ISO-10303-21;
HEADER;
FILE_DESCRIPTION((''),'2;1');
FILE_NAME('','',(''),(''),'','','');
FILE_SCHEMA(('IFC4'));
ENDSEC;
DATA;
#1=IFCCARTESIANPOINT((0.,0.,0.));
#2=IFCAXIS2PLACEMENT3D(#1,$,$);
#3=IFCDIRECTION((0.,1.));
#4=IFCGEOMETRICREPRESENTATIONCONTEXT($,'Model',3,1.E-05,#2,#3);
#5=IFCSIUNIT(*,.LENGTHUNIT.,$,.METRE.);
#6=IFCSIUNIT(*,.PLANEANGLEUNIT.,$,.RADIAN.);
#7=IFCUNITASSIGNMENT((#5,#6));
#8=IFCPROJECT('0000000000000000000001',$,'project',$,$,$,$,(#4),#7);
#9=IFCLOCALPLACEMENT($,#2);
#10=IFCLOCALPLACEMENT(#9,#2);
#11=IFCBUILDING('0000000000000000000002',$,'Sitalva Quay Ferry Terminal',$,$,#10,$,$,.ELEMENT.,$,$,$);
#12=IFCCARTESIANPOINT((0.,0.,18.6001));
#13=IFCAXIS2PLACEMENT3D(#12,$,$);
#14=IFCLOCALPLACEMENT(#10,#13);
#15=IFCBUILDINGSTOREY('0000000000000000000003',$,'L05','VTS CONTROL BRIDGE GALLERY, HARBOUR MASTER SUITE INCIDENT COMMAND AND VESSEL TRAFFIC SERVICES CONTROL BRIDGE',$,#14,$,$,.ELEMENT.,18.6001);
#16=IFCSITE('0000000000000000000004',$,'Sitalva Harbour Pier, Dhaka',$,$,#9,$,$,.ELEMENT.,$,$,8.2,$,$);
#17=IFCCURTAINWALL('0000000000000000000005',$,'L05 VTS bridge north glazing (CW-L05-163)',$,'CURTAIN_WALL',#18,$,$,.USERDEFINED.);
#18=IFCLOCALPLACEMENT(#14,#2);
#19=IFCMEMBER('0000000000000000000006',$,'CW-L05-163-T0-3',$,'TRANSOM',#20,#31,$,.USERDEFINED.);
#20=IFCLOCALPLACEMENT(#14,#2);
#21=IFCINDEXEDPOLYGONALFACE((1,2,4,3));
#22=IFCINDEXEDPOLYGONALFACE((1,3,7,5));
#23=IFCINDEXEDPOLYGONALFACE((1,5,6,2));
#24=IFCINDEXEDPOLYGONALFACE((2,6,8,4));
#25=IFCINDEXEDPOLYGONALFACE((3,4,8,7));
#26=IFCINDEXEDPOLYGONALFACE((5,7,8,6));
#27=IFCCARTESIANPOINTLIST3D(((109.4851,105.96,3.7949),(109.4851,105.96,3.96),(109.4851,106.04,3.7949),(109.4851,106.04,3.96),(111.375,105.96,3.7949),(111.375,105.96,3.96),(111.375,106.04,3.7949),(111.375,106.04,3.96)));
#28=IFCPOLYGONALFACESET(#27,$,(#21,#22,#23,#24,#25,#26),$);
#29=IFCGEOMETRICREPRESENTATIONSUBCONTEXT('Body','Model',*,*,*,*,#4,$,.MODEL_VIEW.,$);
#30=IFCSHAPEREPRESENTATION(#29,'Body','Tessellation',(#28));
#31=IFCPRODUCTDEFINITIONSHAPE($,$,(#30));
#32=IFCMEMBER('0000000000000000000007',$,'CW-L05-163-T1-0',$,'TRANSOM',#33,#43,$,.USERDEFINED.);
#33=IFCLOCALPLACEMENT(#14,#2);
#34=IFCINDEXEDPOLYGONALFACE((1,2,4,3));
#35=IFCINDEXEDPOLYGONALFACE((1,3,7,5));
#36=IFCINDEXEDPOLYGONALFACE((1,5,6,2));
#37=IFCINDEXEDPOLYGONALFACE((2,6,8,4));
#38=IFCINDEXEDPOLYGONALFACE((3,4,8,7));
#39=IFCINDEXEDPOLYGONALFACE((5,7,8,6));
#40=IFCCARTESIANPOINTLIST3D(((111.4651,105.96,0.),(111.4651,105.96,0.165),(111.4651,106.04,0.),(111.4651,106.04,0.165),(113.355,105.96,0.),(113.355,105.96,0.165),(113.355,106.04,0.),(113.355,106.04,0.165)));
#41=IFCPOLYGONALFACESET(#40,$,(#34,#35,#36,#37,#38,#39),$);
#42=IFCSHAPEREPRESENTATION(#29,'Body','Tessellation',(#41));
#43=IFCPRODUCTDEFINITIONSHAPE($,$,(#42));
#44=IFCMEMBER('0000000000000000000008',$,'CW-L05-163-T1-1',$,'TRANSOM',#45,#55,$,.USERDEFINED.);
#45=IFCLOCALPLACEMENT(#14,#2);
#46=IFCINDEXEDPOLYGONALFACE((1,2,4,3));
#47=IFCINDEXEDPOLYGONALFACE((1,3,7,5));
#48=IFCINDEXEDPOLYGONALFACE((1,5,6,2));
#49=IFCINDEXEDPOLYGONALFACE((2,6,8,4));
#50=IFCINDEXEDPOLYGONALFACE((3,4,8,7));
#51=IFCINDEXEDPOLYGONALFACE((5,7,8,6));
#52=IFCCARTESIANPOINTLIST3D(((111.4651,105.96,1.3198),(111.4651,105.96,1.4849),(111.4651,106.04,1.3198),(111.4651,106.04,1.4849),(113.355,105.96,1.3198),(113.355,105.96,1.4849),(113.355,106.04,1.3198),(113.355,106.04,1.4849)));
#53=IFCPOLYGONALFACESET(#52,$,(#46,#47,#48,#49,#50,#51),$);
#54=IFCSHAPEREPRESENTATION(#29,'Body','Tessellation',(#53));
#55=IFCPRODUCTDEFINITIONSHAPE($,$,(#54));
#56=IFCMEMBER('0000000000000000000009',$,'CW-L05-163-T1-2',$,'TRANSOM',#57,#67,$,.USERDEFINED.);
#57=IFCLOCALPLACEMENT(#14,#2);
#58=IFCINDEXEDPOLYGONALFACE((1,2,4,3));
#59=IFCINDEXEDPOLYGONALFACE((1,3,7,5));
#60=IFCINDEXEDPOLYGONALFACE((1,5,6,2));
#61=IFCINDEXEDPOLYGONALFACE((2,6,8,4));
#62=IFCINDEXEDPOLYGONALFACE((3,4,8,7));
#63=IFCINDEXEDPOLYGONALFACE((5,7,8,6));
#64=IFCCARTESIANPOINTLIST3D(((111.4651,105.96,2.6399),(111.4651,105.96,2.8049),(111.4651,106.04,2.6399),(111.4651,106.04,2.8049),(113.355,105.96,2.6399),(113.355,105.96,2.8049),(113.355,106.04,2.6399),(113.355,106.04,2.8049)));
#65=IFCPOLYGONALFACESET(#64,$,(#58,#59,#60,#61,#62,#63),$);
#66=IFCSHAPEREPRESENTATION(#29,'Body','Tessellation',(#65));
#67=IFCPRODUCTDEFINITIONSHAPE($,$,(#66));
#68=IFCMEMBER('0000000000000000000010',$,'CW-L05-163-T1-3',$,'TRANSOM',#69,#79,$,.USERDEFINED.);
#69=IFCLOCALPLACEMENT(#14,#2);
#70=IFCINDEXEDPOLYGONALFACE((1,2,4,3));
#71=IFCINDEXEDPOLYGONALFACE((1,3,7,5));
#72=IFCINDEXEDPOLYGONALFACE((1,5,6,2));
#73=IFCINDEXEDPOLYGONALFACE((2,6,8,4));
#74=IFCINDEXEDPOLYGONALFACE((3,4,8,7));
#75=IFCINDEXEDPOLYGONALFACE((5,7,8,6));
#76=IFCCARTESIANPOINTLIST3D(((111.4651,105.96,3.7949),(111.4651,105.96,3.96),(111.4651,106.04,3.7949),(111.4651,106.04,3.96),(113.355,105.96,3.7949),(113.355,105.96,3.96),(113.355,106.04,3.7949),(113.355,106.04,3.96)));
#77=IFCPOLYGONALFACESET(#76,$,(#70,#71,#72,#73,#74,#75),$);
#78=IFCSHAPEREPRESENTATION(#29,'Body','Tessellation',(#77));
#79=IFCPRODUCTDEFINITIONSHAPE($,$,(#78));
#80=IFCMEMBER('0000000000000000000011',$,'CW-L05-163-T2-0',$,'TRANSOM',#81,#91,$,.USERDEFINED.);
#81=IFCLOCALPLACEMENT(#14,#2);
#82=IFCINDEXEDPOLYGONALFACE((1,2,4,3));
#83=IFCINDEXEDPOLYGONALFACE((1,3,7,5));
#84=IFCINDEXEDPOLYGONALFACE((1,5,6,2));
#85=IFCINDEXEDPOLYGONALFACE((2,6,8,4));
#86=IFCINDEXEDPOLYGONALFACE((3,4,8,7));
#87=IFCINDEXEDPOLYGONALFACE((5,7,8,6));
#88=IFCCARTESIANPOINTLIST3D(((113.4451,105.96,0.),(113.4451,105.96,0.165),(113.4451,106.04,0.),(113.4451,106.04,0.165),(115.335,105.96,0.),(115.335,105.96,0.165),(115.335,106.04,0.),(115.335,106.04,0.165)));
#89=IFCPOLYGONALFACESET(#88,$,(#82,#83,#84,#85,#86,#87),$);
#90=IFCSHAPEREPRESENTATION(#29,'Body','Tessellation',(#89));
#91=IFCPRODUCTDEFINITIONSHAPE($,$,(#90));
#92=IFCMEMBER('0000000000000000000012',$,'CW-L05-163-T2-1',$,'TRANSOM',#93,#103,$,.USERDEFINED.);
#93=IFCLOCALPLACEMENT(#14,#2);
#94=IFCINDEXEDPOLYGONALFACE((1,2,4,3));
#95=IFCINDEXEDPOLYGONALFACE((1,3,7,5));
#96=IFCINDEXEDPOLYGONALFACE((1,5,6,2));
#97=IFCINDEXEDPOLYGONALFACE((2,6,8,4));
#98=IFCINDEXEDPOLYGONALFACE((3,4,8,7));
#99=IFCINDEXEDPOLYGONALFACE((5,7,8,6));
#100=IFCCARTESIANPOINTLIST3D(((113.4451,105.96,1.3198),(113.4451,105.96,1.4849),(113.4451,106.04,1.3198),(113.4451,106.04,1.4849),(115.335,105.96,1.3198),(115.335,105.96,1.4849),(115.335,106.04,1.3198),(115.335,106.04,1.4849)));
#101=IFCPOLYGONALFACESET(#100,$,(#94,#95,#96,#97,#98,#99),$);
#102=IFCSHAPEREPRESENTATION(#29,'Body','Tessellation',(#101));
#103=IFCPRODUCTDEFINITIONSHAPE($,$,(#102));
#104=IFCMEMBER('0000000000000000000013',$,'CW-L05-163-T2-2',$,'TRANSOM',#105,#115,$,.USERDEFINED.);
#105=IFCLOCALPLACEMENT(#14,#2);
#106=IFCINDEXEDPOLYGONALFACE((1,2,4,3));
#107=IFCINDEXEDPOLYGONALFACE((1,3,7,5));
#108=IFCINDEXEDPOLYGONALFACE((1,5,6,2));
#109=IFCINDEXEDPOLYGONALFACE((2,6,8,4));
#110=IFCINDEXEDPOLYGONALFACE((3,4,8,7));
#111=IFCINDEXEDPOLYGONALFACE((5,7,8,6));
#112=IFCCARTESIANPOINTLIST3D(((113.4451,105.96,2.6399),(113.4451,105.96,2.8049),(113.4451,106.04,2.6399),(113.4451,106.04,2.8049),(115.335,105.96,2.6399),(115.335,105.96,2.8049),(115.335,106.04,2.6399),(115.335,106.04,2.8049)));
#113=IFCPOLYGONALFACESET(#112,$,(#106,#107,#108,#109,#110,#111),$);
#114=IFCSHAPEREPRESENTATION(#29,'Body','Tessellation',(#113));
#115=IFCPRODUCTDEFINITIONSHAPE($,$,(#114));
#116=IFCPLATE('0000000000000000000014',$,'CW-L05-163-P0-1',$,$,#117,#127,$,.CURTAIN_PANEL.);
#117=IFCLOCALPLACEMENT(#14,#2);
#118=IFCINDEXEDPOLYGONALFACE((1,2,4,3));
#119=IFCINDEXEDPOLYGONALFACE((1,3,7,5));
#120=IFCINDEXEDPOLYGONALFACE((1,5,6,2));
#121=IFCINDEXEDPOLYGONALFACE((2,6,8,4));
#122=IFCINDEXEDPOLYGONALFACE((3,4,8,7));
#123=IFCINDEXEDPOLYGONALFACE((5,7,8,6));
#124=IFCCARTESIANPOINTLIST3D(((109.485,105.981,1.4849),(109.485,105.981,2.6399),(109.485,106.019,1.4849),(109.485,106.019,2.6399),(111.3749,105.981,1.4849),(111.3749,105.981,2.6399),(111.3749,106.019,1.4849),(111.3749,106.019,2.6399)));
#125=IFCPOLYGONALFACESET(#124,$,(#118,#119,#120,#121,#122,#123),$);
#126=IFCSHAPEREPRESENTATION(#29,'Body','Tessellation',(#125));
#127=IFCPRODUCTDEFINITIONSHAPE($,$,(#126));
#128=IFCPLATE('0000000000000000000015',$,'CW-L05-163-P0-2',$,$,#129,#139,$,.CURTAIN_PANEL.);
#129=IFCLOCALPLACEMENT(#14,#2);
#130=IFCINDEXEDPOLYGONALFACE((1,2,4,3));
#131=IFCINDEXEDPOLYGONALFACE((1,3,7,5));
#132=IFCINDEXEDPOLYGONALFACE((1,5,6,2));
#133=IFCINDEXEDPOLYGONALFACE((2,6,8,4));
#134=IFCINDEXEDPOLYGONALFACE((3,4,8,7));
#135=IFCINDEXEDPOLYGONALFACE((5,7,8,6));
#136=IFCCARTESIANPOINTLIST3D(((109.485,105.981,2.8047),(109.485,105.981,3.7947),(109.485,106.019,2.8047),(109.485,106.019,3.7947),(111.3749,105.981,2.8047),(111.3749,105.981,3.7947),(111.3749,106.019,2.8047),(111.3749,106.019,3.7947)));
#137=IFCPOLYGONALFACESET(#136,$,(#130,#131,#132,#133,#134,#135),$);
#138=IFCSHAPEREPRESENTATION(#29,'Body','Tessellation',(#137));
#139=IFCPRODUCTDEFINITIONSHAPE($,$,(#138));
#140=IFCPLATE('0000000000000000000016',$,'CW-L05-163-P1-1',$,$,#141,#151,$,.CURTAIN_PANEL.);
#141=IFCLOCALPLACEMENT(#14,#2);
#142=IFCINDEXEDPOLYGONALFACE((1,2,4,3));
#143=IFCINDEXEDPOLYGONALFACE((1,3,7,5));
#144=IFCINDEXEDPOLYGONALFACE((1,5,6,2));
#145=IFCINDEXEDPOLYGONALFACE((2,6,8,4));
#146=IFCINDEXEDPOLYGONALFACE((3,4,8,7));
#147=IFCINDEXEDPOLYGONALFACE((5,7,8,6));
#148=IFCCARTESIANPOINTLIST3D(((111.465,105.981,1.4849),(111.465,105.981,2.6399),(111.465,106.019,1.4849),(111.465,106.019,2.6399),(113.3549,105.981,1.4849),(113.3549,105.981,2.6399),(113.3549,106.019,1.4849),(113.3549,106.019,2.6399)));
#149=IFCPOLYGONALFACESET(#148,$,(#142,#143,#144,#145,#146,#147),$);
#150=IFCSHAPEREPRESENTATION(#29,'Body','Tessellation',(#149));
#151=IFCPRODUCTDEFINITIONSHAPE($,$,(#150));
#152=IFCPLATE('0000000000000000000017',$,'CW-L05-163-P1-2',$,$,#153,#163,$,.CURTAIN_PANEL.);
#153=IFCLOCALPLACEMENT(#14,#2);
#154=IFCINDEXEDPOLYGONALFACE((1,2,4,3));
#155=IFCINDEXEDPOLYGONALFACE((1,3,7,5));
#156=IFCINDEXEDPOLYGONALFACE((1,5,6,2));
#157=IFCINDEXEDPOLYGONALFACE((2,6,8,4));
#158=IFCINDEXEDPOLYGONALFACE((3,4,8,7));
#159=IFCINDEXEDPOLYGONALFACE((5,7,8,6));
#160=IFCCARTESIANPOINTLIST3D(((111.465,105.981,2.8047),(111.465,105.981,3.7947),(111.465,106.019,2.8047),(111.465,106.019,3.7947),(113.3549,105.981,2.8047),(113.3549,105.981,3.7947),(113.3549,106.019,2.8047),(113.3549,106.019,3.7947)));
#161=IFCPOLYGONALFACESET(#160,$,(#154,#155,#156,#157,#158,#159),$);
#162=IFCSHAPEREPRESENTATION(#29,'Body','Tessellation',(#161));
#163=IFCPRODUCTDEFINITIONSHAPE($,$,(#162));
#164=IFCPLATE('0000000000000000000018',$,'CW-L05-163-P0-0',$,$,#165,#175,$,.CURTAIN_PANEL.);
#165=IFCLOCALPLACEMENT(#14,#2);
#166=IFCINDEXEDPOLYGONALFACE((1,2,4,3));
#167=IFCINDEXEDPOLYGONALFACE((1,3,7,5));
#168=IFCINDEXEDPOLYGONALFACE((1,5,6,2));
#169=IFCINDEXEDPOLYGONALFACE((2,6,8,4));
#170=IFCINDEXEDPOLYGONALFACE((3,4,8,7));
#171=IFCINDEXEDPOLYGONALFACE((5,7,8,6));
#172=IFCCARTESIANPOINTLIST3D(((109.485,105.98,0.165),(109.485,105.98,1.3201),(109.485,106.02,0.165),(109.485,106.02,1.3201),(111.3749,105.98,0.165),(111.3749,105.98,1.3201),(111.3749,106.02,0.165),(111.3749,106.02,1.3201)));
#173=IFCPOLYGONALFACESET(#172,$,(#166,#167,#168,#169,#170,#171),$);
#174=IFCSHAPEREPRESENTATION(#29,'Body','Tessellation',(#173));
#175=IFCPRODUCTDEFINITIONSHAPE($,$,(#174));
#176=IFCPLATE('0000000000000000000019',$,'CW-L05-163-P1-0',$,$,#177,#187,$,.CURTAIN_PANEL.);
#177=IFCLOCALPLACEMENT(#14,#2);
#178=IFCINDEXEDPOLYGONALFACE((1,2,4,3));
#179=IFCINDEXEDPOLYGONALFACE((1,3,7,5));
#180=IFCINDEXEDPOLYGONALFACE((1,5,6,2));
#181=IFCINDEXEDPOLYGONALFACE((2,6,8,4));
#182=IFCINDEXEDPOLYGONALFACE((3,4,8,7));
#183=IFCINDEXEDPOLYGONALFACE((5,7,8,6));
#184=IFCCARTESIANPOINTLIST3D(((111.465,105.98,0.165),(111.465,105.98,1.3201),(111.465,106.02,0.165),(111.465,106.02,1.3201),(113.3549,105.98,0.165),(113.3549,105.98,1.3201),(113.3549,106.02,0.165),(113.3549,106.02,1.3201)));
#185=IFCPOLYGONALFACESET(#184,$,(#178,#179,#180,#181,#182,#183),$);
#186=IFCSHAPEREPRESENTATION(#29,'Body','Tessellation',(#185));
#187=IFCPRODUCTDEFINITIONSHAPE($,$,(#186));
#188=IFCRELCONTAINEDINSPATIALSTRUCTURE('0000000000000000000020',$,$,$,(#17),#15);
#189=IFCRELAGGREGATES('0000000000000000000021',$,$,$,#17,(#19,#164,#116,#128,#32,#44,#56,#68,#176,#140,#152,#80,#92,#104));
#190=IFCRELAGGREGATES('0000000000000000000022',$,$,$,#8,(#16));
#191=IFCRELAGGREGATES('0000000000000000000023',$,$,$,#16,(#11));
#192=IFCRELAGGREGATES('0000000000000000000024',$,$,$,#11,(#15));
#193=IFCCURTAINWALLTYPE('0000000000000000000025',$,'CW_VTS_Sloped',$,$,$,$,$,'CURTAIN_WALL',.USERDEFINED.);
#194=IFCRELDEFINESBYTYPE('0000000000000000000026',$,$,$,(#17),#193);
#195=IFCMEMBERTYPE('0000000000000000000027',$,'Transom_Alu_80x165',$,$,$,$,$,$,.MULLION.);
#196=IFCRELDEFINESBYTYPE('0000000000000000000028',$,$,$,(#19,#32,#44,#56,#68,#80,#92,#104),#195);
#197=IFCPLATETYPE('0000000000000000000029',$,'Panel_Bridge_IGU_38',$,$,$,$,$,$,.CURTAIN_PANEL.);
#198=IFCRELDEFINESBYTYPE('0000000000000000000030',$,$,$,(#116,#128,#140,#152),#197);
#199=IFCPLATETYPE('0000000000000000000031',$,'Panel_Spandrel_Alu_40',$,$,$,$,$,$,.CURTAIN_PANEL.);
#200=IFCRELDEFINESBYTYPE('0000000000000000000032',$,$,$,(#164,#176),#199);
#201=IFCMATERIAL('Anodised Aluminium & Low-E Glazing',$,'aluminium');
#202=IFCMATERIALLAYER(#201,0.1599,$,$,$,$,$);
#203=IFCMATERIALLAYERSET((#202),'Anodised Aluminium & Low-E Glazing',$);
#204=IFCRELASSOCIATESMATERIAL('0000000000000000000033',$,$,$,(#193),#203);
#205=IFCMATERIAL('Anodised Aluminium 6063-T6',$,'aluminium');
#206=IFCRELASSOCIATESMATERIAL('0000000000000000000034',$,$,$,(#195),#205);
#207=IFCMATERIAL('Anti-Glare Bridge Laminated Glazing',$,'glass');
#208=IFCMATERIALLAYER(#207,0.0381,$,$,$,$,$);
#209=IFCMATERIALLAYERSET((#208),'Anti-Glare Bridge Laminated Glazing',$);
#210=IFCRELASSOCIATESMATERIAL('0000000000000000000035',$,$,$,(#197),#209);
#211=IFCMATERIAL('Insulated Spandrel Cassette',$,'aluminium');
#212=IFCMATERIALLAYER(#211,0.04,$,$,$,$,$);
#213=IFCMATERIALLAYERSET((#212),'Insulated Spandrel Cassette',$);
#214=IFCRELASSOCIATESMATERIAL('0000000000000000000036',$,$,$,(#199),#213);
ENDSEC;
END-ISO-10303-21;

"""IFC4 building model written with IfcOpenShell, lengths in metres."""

from ifc_helpers import new_model, si_unit, direction, frame, origin, origin_2d, place, context, subcontext, project, spatial, rectangle, extrude, material, layer, layer_set, material_profile, profile_set, type_object, element, aggregate, save


model = new_model("IFC4")

# Units and contexts
model_context = context("Model", 3, precision=1e-05, world=origin(), true_north=direction((0.0, 1.0)))
body_context = subcontext(model_context, "Body", "Model", "MODEL_VIEW")
ifc_project = project(units=[si_unit("LENGTHUNIT", "METRE"), si_unit("PLANEANGLEUNIT", "RADIAN")], contexts=[model_context])

# Site, building, storey
site_placement = place(None, origin())
site = spatial("IfcSite", under=ifc_project, at=site_placement, Name="Sitalva Harbour Pier, Dhaka", CompositionType="ELEMENT", RefElevation=8.2)
building_placement = place(site_placement, origin())
building = spatial("IfcBuilding", under=site, at=building_placement, Name="Sitalva Quay Ferry Terminal", CompositionType="ELEMENT")
storey_placement = place(building_placement, frame((0.0, 0.0, 18.6001)))
storey = spatial("IfcBuildingStorey", under=building, at=storey_placement, Name="L05", Description="VTS CONTROL BRIDGE GALLERY, HARBOUR MASTER SUITE INCIDENT COMMAND AND VESSEL TRAFFIC SERVICES CONTROL BRIDGE", CompositionType="ELEMENT", Elevation=18.6001)

# Shared definitions
ifc_material_1 = material(Name="Anodised Aluminium & Low-E Glazing", Category="aluminium")
ifc_layer_1 = layer(ifc_material_1, 0.1599)
ifc_layer_set_1 = layer_set([ifc_layer_1], Name="Anodised Aluminium & Low-E Glazing")
curtain_wall_type = type_object("IfcCurtainWallType", Name="CW_VTS_Sloped", ElementType="CURTAIN_WALL", PredefinedType="USERDEFINED", material=ifc_layer_set_1)

# Curtain wall, members, plates
curtain_wall_1_placement = place(storey_placement, origin())
curtain_wall_1 = element("IfcCurtainWall", 1, at=curtain_wall_1_placement, inside=storey, type_object=curtain_wall_type, Name="L05 VTS bridge north glazing (CW-L05-163)", ObjectType="CURTAIN_WALL", PredefinedType="USERDEFINED")
ifc_material_2 = material(Name="Anodised Aluminium 6063-T6", Category="aluminium")
ifc_material_profile_1 = material_profile(ifc_material_2, rectangle(XDim=0.0801, YDim=0.165, at=origin_2d()), Name="ALU80x165")
ifc_profile_set_1 = profile_set([ifc_material_profile_1], Name="Anodised Aluminium 6063-T6")
member_type_1 = type_object("IfcMemberType", Name="Transom_Alu_80x165", PredefinedType="MULLION", material=ifc_profile_set_1)
member_1_placement = place(storey_placement, frame((109.4851, 106.0, 3.8774), z_axis=(1.0, 0.0, 0.0), x_axis=(0.0, 1.0, 0.0)))
member_1 = element("IfcMember", 2, at=member_1_placement, type_object=member_type_1, Name="CW-L05-163-T0-3", ObjectType="TRANSOM", PredefinedType="USERDEFINED", context=body_context, shape_type="SweptSolid", body=[
    extrude(rectangle(XDim=0.0801, YDim=0.165, at=origin_2d()), origin(), (0.0, 0.0, 1.0), 1.8899),
])
member_2_placement = place(storey_placement, frame((111.4651, 106.0, 0.0825), z_axis=(1.0, 0.0, 0.0), x_axis=(0.0, 1.0, 0.0)))
member_2 = element("IfcMember", 3, at=member_2_placement, type_object=member_type_1, Name="CW-L05-163-T1-0", ObjectType="TRANSOM", PredefinedType="USERDEFINED", context=body_context, shape_type="SweptSolid", body=[
    extrude(rectangle(XDim=0.0801, YDim=0.165, at=origin_2d()), origin(), (0.0, 0.0, 1.0), 1.8899),
])
member_3_placement = place(storey_placement, frame((111.4651, 106.0, 1.4023), z_axis=(1.0, 0.0, 0.0), x_axis=(0.0, 1.0, 0.0)))
member_3 = element("IfcMember", 4, at=member_3_placement, type_object=member_type_1, Name="CW-L05-163-T1-1", ObjectType="TRANSOM", PredefinedType="USERDEFINED", context=body_context, shape_type="SweptSolid", body=[
    extrude(rectangle(XDim=0.0801, YDim=0.165, at=origin_2d()), origin(), (0.0, 0.0, 1.0), 1.8899),
])
member_4_placement = place(storey_placement, frame((111.4651, 106.0, 2.7224), z_axis=(1.0, 0.0, 0.0), x_axis=(0.0, 1.0, 0.0)))
member_4 = element("IfcMember", 5, at=member_4_placement, type_object=member_type_1, Name="CW-L05-163-T1-2", ObjectType="TRANSOM", PredefinedType="USERDEFINED", context=body_context, shape_type="SweptSolid", body=[
    extrude(rectangle(XDim=0.0801, YDim=0.165, at=origin_2d()), origin(), (0.0, 0.0, 1.0), 1.8899),
])
member_5_placement = place(storey_placement, frame((111.4651, 106.0, 3.8774), z_axis=(1.0, 0.0, 0.0), x_axis=(0.0, 1.0, 0.0)))
member_5 = element("IfcMember", 6, at=member_5_placement, type_object=member_type_1, Name="CW-L05-163-T1-3", ObjectType="TRANSOM", PredefinedType="USERDEFINED", context=body_context, shape_type="SweptSolid", body=[
    extrude(rectangle(XDim=0.0801, YDim=0.165, at=origin_2d()), origin(), (0.0, 0.0, 1.0), 1.8899),
])
member_6_placement = place(storey_placement, frame((113.4451, 106.0, 0.0825), z_axis=(1.0, 0.0, 0.0), x_axis=(0.0, 1.0, 0.0)))
member_6 = element("IfcMember", 7, at=member_6_placement, type_object=member_type_1, Name="CW-L05-163-T2-0", ObjectType="TRANSOM", PredefinedType="USERDEFINED", context=body_context, shape_type="SweptSolid", body=[
    extrude(rectangle(XDim=0.0801, YDim=0.165, at=origin_2d()), origin(), (0.0, 0.0, 1.0), 1.8899),
])
member_7_placement = place(storey_placement, frame((113.4451, 106.0, 1.4023), z_axis=(1.0, 0.0, 0.0), x_axis=(0.0, 1.0, 0.0)))
member_7 = element("IfcMember", 8, at=member_7_placement, type_object=member_type_1, Name="CW-L05-163-T2-1", ObjectType="TRANSOM", PredefinedType="USERDEFINED", context=body_context, shape_type="SweptSolid", body=[
    extrude(rectangle(XDim=0.0801, YDim=0.165, at=origin_2d()), origin(), (0.0, 0.0, 1.0), 1.8899),
])
member_8_placement = place(storey_placement, frame((113.4451, 106.0, 2.7224), z_axis=(1.0, 0.0, 0.0), x_axis=(0.0, 1.0, 0.0)))
member_8 = element("IfcMember", 9, at=member_8_placement, type_object=member_type_1, Name="CW-L05-163-T2-2", ObjectType="TRANSOM", PredefinedType="USERDEFINED", context=body_context, shape_type="SweptSolid", body=[
    extrude(rectangle(XDim=0.0801, YDim=0.165, at=origin_2d()), origin(), (0.0, 0.0, 1.0), 1.8899),
])
ifc_material_3 = material(Name="Anti-Glare Bridge Laminated Glazing", Category="glass")
ifc_layer_2 = layer(ifc_material_3, 0.0381)
ifc_layer_set_2 = layer_set([ifc_layer_2], Name="Anti-Glare Bridge Laminated Glazing")
plate_type_1 = type_object("IfcPlateType", Name="Panel_Bridge_IGU_38", PredefinedType="CURTAIN_PANEL", material=ifc_layer_set_2)
plate_1_placement = place(storey_placement, frame((110.4299, 106.0, 1.4849), z_axis=(0.0, 0.0, 1.0), x_axis=(1.0, 0.0, 0.0)))
plate_1 = element("IfcPlate", 10, at=plate_1_placement, type_object=plate_type_1, Name="CW-L05-163-P0-1", PredefinedType="CURTAIN_PANEL", context=body_context, shape_type="SweptSolid", body=[
    extrude(rectangle(XDim=1.8899, YDim=0.0381, at=origin_2d()), origin(), (0.0, 0.0, 1.0), 1.155),
])
plate_2_placement = place(storey_placement, frame((110.4299, 106.0, 2.8047), z_axis=(0.0, 0.0, 1.0), x_axis=(1.0, 0.0, 0.0)))
plate_2 = element("IfcPlate", 11, at=plate_2_placement, type_object=plate_type_1, Name="CW-L05-163-P0-2", PredefinedType="CURTAIN_PANEL", context=body_context, shape_type="SweptSolid", body=[
    extrude(rectangle(XDim=1.8899, YDim=0.0381, at=origin_2d()), origin(), (0.0, 0.0, 1.0), 0.99),
])
plate_3_placement = place(storey_placement, frame((112.4099, 106.0, 1.4849), z_axis=(0.0, 0.0, 1.0), x_axis=(1.0, 0.0, 0.0)))
plate_3 = element("IfcPlate", 12, at=plate_3_placement, type_object=plate_type_1, Name="CW-L05-163-P1-1", PredefinedType="CURTAIN_PANEL", context=body_context, shape_type="SweptSolid", body=[
    extrude(rectangle(XDim=1.8899, YDim=0.0381, at=origin_2d()), origin(), (0.0, 0.0, 1.0), 1.155),
])
plate_4_placement = place(storey_placement, frame((112.4099, 106.0, 2.8047), z_axis=(0.0, 0.0, 1.0), x_axis=(1.0, 0.0, 0.0)))
plate_4 = element("IfcPlate", 13, at=plate_4_placement, type_object=plate_type_1, Name="CW-L05-163-P1-2", PredefinedType="CURTAIN_PANEL", context=body_context, shape_type="SweptSolid", body=[
    extrude(rectangle(XDim=1.8899, YDim=0.0381, at=origin_2d()), origin(), (0.0, 0.0, 1.0), 0.99),
])
ifc_material_4 = material(Name="Insulated Spandrel Cassette", Category="aluminium")
ifc_layer_3 = layer(ifc_material_4, 0.04)
ifc_layer_set_3 = layer_set([ifc_layer_3], Name="Insulated Spandrel Cassette")
plate_type_2 = type_object("IfcPlateType", Name="Panel_Spandrel_Alu_40", PredefinedType="CURTAIN_PANEL", material=ifc_layer_set_3)
plate_5_placement = place(storey_placement, frame((110.4299, 106.0, 0.165), z_axis=(0.0, 0.0, 1.0), x_axis=(1.0, 0.0, 0.0)))
plate_5 = element("IfcPlate", 14, at=plate_5_placement, type_object=plate_type_2, Name="CW-L05-163-P0-0", PredefinedType="CURTAIN_PANEL", context=body_context, shape_type="SweptSolid", body=[
    extrude(rectangle(XDim=1.8899, YDim=0.04, at=origin_2d()), origin(), (0.0, 0.0, 1.0), 1.155),
])
plate_6_placement = place(storey_placement, frame((112.4099, 106.0, 0.165), z_axis=(0.0, 0.0, 1.0), x_axis=(1.0, 0.0, 0.0)))
plate_6 = element("IfcPlate", 15, at=plate_6_placement, type_object=plate_type_2, Name="CW-L05-163-P1-0", PredefinedType="CURTAIN_PANEL", context=body_context, shape_type="SweptSolid", body=[
    extrude(rectangle(XDim=1.8899, YDim=0.04, at=origin_2d()), origin(), (0.0, 0.0, 1.0), 1.155),
])
aggregate(curtain_wall_1, [member_1, plate_5, plate_1, plate_2, member_2, member_3, member_4, member_5, plate_6, plate_3, plate_4, member_6, member_7, member_8])

save(model, "model.ifc")
